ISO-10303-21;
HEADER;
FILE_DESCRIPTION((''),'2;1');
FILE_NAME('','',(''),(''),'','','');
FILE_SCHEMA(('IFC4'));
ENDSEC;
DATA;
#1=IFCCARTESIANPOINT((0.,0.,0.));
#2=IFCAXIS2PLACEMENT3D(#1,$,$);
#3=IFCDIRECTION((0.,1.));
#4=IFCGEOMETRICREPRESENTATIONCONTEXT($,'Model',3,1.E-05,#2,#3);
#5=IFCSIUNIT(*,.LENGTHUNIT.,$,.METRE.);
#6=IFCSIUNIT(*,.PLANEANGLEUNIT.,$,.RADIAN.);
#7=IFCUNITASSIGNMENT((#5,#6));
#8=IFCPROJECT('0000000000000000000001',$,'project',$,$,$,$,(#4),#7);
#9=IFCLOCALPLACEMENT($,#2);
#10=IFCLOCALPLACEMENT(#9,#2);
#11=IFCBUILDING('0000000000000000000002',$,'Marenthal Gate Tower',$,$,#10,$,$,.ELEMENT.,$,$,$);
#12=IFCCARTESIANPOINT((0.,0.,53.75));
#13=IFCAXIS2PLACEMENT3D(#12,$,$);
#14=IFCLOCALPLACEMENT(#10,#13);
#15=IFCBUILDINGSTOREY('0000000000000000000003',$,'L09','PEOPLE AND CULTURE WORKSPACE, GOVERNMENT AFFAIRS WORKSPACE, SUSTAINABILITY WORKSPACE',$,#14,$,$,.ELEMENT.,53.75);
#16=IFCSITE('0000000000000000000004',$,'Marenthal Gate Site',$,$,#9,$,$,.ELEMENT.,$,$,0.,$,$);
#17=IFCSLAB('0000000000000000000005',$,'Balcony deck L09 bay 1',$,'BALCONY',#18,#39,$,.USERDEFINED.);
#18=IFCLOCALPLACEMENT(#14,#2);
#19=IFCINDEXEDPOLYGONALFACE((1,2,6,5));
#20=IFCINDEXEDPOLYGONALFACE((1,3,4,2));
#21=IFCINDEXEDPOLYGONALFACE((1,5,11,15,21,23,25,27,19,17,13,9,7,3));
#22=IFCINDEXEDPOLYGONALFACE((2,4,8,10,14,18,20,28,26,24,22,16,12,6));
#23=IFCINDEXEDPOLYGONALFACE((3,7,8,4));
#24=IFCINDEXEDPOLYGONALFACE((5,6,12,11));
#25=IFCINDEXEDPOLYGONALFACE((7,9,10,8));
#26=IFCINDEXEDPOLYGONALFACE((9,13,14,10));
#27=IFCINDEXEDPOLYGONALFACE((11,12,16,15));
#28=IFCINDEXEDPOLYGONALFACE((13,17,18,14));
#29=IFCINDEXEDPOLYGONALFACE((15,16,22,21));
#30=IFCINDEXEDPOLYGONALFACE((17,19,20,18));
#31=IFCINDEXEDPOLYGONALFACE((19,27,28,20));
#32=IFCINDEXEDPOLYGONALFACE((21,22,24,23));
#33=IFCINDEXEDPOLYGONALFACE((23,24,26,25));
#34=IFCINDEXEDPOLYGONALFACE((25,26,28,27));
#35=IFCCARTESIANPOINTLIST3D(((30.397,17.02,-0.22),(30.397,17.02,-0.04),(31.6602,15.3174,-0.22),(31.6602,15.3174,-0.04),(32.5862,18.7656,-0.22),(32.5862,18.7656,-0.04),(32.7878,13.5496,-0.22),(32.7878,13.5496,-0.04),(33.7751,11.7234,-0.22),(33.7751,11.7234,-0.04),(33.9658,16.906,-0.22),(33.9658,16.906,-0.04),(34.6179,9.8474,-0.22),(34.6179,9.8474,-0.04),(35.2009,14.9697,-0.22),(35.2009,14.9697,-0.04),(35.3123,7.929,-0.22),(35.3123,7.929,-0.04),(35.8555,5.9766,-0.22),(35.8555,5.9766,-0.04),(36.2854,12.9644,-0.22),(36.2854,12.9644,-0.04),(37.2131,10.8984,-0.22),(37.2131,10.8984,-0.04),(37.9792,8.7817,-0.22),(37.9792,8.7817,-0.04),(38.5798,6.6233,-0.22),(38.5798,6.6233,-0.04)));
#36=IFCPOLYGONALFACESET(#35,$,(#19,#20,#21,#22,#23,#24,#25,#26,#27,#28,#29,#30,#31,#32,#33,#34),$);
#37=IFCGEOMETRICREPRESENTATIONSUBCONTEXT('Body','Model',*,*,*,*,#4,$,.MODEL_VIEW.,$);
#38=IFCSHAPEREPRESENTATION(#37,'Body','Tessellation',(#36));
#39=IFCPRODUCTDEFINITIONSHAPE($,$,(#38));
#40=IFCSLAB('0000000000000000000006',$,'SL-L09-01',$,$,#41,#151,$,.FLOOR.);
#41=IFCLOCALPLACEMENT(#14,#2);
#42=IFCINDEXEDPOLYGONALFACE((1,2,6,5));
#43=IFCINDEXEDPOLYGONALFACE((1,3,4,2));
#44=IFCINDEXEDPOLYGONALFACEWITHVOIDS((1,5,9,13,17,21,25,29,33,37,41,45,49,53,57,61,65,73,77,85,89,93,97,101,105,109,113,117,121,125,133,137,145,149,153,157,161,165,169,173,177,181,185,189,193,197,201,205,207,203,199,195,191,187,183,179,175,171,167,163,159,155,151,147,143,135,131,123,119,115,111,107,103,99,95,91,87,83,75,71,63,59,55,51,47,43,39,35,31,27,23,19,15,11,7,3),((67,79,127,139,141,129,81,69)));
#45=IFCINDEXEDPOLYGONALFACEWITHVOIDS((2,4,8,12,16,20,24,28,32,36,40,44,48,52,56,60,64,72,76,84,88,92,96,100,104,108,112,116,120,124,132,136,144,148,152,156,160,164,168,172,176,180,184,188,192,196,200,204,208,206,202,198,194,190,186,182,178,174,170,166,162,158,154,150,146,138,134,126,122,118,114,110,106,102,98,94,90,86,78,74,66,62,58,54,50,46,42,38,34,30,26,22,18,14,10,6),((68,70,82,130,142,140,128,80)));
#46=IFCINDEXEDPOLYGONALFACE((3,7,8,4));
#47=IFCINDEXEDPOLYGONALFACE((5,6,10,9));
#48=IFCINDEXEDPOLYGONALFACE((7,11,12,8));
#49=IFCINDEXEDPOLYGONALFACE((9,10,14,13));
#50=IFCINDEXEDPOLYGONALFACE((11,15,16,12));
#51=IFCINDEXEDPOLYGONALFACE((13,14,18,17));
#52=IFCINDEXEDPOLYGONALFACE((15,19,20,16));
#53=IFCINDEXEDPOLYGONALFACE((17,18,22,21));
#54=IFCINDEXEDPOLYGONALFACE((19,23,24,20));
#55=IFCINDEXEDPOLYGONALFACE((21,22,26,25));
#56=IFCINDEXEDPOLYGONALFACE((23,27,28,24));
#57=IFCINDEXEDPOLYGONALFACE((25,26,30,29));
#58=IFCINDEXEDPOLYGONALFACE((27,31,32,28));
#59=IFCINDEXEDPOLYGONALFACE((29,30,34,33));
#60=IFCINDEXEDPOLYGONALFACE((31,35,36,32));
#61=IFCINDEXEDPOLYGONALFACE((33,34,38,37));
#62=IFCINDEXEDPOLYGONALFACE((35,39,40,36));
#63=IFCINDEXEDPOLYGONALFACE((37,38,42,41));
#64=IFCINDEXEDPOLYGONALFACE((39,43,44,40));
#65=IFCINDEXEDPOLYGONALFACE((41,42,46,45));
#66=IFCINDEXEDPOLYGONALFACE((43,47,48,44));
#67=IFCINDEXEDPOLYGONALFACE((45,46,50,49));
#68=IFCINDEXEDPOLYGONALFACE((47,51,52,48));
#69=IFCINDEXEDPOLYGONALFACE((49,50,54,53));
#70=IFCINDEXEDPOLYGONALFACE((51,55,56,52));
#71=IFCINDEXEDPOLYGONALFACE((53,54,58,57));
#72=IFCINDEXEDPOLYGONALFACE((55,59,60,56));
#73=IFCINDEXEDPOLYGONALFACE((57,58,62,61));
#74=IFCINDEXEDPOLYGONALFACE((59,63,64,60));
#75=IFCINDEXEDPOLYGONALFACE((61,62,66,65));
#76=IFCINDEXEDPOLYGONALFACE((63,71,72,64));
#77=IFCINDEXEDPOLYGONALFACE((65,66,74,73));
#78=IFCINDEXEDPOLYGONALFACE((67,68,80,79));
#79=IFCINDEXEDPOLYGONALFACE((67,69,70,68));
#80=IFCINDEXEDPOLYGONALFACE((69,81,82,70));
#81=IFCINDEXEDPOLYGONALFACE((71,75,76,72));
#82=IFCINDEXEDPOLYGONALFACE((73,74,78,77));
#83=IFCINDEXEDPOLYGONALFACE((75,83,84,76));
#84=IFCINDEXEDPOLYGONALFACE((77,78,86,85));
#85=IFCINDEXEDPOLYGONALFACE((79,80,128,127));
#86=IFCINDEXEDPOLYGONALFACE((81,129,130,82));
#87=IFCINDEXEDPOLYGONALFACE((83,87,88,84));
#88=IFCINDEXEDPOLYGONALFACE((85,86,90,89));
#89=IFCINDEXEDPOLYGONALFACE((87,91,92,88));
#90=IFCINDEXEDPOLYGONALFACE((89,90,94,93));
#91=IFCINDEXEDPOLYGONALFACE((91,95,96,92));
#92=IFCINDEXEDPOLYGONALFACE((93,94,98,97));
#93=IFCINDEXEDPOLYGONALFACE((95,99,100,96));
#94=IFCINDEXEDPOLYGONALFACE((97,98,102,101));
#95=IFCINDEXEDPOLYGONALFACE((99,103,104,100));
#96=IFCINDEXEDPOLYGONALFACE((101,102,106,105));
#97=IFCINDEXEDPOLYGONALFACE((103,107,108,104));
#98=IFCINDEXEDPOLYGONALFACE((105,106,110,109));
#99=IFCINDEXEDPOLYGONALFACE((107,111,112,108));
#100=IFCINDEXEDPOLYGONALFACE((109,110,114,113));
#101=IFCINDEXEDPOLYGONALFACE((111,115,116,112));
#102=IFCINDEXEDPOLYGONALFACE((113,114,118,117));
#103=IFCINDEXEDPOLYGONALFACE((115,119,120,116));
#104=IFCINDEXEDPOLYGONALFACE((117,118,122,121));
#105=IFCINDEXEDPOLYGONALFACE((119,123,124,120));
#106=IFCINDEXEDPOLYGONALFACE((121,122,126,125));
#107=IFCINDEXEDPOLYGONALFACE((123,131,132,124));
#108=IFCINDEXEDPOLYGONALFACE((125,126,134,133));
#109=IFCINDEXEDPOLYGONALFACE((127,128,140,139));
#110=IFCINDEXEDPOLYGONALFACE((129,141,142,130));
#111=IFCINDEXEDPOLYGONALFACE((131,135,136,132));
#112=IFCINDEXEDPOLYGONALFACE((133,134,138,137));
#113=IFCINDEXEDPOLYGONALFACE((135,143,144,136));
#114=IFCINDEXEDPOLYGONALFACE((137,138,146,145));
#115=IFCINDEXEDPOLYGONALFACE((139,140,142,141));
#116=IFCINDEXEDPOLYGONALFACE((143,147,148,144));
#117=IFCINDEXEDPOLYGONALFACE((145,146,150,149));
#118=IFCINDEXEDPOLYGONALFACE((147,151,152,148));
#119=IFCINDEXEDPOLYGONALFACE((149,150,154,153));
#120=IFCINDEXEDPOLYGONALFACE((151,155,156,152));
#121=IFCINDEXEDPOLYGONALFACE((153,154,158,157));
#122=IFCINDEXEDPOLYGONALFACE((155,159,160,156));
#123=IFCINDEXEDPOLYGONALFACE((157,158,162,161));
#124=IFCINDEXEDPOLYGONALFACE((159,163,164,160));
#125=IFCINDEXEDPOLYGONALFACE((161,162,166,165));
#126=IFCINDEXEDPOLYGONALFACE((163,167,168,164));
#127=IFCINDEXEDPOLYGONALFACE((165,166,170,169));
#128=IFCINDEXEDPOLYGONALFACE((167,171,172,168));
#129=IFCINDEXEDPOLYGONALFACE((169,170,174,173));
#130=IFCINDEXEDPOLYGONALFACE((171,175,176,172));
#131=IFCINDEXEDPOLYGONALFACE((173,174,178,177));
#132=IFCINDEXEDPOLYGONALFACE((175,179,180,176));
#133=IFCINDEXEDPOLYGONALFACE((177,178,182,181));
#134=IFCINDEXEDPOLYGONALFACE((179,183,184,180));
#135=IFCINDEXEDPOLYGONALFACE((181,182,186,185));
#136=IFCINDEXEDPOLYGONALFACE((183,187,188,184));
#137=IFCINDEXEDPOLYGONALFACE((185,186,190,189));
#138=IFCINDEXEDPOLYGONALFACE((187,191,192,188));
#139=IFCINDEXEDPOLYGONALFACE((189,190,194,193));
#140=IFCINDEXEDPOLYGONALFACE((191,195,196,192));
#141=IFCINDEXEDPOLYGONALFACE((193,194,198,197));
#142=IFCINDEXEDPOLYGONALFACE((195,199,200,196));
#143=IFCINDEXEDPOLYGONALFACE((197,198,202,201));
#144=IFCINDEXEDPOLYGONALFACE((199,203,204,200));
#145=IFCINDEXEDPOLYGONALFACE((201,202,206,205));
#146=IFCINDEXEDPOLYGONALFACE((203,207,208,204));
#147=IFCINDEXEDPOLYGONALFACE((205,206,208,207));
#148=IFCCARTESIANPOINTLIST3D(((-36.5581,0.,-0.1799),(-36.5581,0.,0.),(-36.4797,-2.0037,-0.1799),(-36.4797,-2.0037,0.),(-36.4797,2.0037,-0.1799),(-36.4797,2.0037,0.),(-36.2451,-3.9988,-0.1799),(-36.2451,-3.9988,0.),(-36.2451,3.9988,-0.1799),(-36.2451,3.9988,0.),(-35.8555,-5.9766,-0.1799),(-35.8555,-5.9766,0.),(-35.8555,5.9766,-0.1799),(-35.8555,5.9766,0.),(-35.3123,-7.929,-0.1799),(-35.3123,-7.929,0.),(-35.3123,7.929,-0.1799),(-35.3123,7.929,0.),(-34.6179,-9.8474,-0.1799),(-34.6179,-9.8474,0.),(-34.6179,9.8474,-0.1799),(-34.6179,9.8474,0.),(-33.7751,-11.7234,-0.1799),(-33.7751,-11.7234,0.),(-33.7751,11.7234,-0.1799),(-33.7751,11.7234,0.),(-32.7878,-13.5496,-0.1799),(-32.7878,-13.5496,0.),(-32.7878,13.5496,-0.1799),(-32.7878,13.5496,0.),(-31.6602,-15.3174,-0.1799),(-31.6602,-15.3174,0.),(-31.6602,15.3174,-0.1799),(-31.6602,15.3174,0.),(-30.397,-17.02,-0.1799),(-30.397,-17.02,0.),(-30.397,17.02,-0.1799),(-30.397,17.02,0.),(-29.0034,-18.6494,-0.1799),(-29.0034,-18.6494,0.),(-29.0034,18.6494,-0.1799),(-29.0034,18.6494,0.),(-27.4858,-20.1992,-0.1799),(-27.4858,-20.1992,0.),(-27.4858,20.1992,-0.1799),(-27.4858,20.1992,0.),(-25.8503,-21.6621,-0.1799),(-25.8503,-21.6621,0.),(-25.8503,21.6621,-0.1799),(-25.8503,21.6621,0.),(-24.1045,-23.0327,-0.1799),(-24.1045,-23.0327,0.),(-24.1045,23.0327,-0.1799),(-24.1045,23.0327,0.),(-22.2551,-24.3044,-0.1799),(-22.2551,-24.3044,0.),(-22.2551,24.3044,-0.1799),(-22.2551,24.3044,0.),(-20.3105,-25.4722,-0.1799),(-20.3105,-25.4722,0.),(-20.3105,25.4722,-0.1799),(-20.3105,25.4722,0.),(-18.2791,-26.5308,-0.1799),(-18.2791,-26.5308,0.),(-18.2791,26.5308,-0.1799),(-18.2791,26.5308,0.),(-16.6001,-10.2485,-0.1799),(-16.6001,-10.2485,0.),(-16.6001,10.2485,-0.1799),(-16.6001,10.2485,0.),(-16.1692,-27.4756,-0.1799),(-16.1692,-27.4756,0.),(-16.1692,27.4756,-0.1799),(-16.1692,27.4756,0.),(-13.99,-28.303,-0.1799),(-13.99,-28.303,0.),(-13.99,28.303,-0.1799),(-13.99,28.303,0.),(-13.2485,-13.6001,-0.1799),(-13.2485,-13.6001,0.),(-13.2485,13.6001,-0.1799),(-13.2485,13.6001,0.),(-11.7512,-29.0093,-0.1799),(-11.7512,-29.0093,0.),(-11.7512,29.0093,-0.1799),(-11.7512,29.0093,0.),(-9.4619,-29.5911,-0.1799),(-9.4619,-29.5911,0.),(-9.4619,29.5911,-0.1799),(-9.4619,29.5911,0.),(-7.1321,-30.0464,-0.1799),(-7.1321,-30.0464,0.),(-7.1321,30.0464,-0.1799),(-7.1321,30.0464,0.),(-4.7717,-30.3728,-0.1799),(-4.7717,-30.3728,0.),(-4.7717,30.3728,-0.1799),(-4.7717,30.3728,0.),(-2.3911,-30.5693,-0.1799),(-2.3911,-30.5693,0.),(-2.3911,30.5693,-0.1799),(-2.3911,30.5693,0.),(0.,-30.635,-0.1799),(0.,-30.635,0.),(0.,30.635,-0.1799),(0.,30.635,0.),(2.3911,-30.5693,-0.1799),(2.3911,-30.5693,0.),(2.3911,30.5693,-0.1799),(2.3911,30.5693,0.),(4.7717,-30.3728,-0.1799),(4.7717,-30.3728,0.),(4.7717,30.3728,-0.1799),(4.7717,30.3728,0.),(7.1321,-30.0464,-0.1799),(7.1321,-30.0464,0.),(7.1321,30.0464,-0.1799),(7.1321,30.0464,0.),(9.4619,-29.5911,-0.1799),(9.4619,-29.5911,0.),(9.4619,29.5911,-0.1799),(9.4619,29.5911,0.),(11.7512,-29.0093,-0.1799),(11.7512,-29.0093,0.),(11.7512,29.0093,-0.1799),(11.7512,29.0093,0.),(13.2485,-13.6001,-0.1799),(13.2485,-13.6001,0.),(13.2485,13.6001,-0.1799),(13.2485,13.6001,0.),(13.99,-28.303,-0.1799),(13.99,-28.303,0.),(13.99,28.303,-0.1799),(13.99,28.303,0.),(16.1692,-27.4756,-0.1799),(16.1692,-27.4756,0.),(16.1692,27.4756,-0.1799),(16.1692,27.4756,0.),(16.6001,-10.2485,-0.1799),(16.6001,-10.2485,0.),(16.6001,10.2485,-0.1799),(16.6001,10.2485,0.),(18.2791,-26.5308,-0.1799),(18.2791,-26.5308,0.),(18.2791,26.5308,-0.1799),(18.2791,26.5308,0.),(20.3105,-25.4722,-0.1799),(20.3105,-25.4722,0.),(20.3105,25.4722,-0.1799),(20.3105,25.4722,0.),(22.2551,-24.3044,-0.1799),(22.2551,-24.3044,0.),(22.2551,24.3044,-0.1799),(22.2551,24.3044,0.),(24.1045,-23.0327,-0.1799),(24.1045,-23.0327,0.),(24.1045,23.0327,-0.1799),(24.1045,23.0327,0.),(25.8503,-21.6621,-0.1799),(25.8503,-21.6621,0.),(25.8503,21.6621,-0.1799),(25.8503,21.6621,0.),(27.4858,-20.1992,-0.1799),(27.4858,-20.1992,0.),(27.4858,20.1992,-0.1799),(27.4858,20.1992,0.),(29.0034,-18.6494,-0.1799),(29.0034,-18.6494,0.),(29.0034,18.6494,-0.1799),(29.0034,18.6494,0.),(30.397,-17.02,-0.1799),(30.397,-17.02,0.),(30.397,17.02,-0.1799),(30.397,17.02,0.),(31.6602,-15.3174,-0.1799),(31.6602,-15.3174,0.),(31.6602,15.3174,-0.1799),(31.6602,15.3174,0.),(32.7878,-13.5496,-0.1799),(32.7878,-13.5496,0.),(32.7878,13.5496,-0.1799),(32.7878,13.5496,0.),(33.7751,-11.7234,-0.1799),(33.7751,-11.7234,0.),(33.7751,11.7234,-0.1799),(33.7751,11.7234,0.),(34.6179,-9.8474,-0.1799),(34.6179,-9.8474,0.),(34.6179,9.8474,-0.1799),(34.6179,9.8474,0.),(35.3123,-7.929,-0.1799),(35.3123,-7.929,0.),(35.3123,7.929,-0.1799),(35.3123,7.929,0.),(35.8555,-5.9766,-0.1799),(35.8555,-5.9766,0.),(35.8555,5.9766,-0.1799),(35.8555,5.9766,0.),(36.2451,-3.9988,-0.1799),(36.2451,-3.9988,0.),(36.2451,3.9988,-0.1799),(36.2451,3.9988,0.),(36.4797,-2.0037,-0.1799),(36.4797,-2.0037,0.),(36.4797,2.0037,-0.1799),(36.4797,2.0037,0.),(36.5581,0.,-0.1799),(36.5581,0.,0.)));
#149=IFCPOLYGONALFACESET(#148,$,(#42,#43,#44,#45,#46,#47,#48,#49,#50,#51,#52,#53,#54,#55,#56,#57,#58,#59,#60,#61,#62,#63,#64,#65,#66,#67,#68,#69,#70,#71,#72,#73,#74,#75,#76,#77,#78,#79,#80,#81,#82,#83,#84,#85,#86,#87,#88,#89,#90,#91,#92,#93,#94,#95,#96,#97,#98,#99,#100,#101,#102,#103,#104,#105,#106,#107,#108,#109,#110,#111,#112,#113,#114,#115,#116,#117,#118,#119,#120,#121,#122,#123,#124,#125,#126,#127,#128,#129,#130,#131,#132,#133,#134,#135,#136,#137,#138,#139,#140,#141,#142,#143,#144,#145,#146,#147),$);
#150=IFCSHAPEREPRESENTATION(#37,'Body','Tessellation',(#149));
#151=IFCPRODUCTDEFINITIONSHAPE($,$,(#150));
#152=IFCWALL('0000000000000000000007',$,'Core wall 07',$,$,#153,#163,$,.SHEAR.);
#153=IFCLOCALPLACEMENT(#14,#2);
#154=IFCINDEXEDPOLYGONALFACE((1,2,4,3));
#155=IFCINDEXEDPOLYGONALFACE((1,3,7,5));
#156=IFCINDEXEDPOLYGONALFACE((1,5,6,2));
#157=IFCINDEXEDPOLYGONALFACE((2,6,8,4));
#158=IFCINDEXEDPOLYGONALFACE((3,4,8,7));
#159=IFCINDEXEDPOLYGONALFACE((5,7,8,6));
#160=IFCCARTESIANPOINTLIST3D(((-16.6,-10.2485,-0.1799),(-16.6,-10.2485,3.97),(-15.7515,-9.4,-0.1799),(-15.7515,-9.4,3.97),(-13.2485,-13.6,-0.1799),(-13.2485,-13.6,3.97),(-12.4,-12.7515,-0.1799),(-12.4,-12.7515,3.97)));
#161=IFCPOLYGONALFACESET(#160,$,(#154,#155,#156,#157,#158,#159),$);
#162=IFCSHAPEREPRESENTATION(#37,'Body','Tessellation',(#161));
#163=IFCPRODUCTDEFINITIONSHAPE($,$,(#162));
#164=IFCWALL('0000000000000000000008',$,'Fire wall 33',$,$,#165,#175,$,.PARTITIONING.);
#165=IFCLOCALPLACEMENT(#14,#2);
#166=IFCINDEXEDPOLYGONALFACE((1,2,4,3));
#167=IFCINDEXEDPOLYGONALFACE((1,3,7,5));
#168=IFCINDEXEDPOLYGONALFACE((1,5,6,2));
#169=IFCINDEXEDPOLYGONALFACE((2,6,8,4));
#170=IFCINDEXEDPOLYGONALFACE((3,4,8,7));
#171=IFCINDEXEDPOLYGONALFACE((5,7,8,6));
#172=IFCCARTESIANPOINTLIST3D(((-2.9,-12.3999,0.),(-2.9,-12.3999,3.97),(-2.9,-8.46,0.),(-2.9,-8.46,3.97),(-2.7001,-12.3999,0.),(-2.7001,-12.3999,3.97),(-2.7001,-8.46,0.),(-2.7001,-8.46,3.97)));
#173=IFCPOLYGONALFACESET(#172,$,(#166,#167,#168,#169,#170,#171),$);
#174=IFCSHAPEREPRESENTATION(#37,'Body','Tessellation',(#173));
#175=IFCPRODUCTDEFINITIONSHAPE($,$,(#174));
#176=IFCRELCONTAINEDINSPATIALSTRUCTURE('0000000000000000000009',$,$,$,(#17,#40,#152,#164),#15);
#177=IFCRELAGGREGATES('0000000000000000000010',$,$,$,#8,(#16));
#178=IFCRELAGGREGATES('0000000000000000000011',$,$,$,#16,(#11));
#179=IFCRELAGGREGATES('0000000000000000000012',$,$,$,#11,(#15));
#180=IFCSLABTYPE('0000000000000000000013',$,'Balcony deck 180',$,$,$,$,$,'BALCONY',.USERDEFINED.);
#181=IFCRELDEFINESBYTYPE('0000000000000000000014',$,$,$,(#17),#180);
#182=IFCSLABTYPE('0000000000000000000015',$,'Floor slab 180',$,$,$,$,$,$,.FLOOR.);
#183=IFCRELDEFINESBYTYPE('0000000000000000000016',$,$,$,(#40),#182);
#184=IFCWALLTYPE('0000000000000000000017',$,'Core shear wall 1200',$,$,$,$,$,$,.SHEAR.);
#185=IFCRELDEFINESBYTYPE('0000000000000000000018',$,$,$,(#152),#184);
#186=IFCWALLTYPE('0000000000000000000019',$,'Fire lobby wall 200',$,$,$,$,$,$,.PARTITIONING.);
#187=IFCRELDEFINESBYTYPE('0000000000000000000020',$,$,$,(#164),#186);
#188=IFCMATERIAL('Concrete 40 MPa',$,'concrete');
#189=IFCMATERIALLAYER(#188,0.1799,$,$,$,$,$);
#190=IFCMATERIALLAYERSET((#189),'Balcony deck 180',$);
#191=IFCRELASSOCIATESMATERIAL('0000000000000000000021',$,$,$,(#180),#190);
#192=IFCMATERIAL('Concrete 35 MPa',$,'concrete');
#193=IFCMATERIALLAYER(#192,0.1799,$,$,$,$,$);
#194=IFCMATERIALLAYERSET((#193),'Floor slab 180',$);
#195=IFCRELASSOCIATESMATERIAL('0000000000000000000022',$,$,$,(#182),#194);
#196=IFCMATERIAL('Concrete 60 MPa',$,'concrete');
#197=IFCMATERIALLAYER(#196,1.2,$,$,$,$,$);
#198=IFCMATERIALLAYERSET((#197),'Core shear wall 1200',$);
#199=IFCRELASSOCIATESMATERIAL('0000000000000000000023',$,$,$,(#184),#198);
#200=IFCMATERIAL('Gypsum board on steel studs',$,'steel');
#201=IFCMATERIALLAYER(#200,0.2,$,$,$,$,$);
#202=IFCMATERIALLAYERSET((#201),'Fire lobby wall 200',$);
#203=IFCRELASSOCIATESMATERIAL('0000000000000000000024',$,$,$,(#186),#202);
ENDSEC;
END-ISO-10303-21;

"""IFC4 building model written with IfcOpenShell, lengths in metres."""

from ifc_helpers import new_model, si_unit, direction, frame, frame_2d, origin, place, context, subcontext, project, spatial, polyline, rectangle, outline, extrude, material, layer, layer_set, type_object, element, save


model = new_model("IFC4")

# Units and contexts
model_context = context("Model", 3, precision=1e-05, world=origin(), true_north=direction((0.0, 1.0)))
body_context = subcontext(model_context, "Body", "Model", "MODEL_VIEW")
ifc_project = project(units=[si_unit("LENGTHUNIT", "METRE"), si_unit("PLANEANGLEUNIT", "RADIAN")], contexts=[model_context])

# Site, building, storey
site_placement = place(None, origin())
site = spatial("IfcSite", under=ifc_project, at=site_placement, Name="Marenthal Gate Site", CompositionType="ELEMENT", RefElevation=0.0)
building_placement = place(site_placement, origin())
building = spatial("IfcBuilding", under=site, at=building_placement, Name="Marenthal Gate Tower", CompositionType="ELEMENT")
storey_placement = place(building_placement, frame((0.0, 0.0, 53.75)))
storey = spatial("IfcBuildingStorey", under=building, at=storey_placement, Name="L09", Description="PEOPLE AND CULTURE WORKSPACE, GOVERNMENT AFFAIRS WORKSPACE, SUSTAINABILITY WORKSPACE", CompositionType="ELEMENT", Elevation=53.75)

# Slabs
ifc_material_1 = material(Name="Concrete 40 MPa", Category="concrete")
ifc_layer_1 = layer(ifc_material_1, 0.1799)
ifc_layer_set_1 = layer_set([ifc_layer_1], Name="Balcony deck 180")
slab_type_1 = type_object("IfcSlabType", Name="Balcony deck 180", ElementType="BALCONY", PredefinedType="USERDEFINED", material=ifc_layer_set_1)
slab_1_placement = place(storey_placement, frame((0.0, 0.0, -0.22)))
element("IfcSlab", 1, at=slab_1_placement, inside=storey, type_object=slab_type_1, Name="Balcony deck L09 bay 1", ObjectType="BALCONY", PredefinedType="USERDEFINED", context=body_context, shape_type="SweptSolid", body=[
    extrude(outline(polyline([(35.8555, 5.9766), (35.3123, 7.929), (34.6179, 9.8474), (33.7751, 11.7234), (32.7878, 13.5496), (31.6602, 15.3174), (30.397, 17.02), (32.5862, 18.7656), (33.9658, 16.906), (35.2009, 14.9697), (36.2854, 12.9644), (37.2131, 10.8984), (37.9792, 8.7817), (38.5798, 6.6233), (35.8555, 5.9766)])), origin(), (0.0, 0.0, 1.0), 0.1799),
])
ifc_material_2 = material(Name="Concrete 35 MPa", Category="concrete")
ifc_layer_2 = layer(ifc_material_2, 0.1799)
ifc_layer_set_2 = layer_set([ifc_layer_2], Name="Floor slab 180")
slab_type_2 = type_object("IfcSlabType", Name="Floor slab 180", PredefinedType="FLOOR", material=ifc_layer_set_2)
slab_2_placement = place(storey_placement, frame((0.0, 0.0, -0.1799)))
element("IfcSlab", 2, at=slab_2_placement, inside=storey, type_object=slab_type_2, Name="SL-L09-01", PredefinedType="FLOOR", context=body_context, shape_type="SweptSolid", body=[
    extrude(outline(polyline([(36.5581, 0.0), (36.4797, 2.0037), (36.2451, 3.9988), (35.8555, 5.9766), (35.3123, 7.929), (34.6179, 9.8474), (33.7751, 11.7234), (32.7878, 13.5496), (31.6602, 15.3174), (30.397, 17.02), (29.0034, 18.6494), (27.4858, 20.1992), (25.8503, 21.6621), (24.1045, 23.0327), (22.2551, 24.3044), (20.3105, 25.4722), (18.2791, 26.5308), (16.1692, 27.4756), (13.99, 28.303), (11.7512, 29.0093), (9.4619, 29.5911), (7.1321, 30.0464), (4.7717, 30.3728), (2.3911, 30.5693), (0.0, 30.635), (-2.3911, 30.5693), (-4.7717, 30.3728), (-7.1321, 30.0464), (-9.4619, 29.5911), (-11.7512, 29.0093), (-13.99, 28.303), (-16.1692, 27.4756), (-18.2791, 26.5308), (-20.3105, 25.4722), (-22.2551, 24.3044), (-24.1045, 23.0327), (-25.8503, 21.6621), (-27.4858, 20.1992), (-29.0034, 18.6494), (-30.397, 17.02), (-31.6602, 15.3174), (-32.7878, 13.5496), (-33.7751, 11.7234), (-34.6179, 9.8474), (-35.3123, 7.929), (-35.8555, 5.9766), (-36.2451, 3.9988), (-36.4797, 2.0037), (-36.5581, 0.0), (-36.4797, -2.0037), (-36.2451, -3.9988), (-35.8555, -5.9766), (-35.3123, -7.929), (-34.6179, -9.8474), (-33.7751, -11.7234), (-32.7878, -13.5496), (-31.6602, -15.3174), (-30.397, -17.02), (-29.0034, -18.6494), (-27.4858, -20.1992), (-25.8503, -21.6621), (-24.1045, -23.0327), (-22.2551, -24.3044), (-20.3105, -25.4722), (-18.2791, -26.5308), (-16.1692, -27.4756), (-13.99, -28.303), (-11.7512, -29.0093), (-9.4619, -29.5911), (-7.1321, -30.0464), (-4.7717, -30.3728), (-2.3911, -30.5693), (0.0, -30.635), (2.3911, -30.5693), (4.7717, -30.3728), (7.1321, -30.0464), (9.4619, -29.5911), (11.7512, -29.0093), (13.99, -28.303), (16.1692, -27.4756), (18.2791, -26.5308), (20.3105, -25.4722), (22.2551, -24.3044), (24.1045, -23.0327), (25.8503, -21.6621), (27.4858, -20.1992), (29.0034, -18.6494), (30.397, -17.02), (31.6602, -15.3174), (32.7878, -13.5496), (33.7751, -11.7234), (34.6179, -9.8474), (35.3123, -7.929), (35.8555, -5.9766), (36.2451, -3.9988), (36.4797, -2.0037), (36.5581, 0.0)]), holes=[polyline([(13.2485, -13.6001), (16.6001, -10.2485), (16.6001, 10.2485), (13.2485, 13.6001), (-13.2485, 13.6001), (-16.6001, 10.2485), (-16.6001, -10.2485), (-13.2485, -13.6001), (13.2485, -13.6001)])]), origin(), (0.0, 0.0, 1.0), 0.1799),
])

# Walls
ifc_material_3 = material(Name="Concrete 60 MPa", Category="concrete")
ifc_layer_3 = layer(ifc_material_3, 1.2)
ifc_layer_set_3 = layer_set([ifc_layer_3], Name="Core shear wall 1200")
wall_type_1 = type_object("IfcWallType", Name="Core shear wall 1200", PredefinedType="SHEAR", material=ifc_layer_set_3)
wall_1_placement = place(storey_placement, frame((-16.1758, -9.8242, -0.1799), z_axis=(0.0, 0.0, 1.0), x_axis=(0.707107, -0.707107, 0.0)))
element("IfcWall", 3, at=wall_1_placement, inside=storey, type_object=wall_type_1, Name="Core wall 07", PredefinedType="SHEAR", context=body_context, shape_type="SweptSolid", body=[
    extrude(rectangle(XDim=4.7397, YDim=1.2, at=frame_2d((2.3699, 0.0))), origin(), (0.0, 0.0, 1.0), 4.1499),
])
ifc_material_4 = material(Name="Gypsum board on steel studs", Category="steel")
ifc_layer_4 = layer(ifc_material_4, 0.2)
ifc_layer_set_4 = layer_set([ifc_layer_4], Name="Fire lobby wall 200")
wall_type_2 = type_object("IfcWallType", Name="Fire lobby wall 200", PredefinedType="PARTITIONING", material=ifc_layer_set_4)
wall_2_placement = place(storey_placement, frame((-2.8, -12.3999, 0.0), z_axis=(0.0, 0.0, 1.0), x_axis=(0.0, 1.0, 0.0)))
element("IfcWall", 4, at=wall_2_placement, inside=storey, type_object=wall_type_2, Name="Fire wall 33", PredefinedType="PARTITIONING", context=body_context, shape_type="SweptSolid", body=[
    extrude(rectangle(XDim=3.9399, YDim=0.2, at=frame_2d((1.97, 0.0))), origin(), (0.0, 0.0, 1.0), 3.97),
])

save(model, "model.ifc")
